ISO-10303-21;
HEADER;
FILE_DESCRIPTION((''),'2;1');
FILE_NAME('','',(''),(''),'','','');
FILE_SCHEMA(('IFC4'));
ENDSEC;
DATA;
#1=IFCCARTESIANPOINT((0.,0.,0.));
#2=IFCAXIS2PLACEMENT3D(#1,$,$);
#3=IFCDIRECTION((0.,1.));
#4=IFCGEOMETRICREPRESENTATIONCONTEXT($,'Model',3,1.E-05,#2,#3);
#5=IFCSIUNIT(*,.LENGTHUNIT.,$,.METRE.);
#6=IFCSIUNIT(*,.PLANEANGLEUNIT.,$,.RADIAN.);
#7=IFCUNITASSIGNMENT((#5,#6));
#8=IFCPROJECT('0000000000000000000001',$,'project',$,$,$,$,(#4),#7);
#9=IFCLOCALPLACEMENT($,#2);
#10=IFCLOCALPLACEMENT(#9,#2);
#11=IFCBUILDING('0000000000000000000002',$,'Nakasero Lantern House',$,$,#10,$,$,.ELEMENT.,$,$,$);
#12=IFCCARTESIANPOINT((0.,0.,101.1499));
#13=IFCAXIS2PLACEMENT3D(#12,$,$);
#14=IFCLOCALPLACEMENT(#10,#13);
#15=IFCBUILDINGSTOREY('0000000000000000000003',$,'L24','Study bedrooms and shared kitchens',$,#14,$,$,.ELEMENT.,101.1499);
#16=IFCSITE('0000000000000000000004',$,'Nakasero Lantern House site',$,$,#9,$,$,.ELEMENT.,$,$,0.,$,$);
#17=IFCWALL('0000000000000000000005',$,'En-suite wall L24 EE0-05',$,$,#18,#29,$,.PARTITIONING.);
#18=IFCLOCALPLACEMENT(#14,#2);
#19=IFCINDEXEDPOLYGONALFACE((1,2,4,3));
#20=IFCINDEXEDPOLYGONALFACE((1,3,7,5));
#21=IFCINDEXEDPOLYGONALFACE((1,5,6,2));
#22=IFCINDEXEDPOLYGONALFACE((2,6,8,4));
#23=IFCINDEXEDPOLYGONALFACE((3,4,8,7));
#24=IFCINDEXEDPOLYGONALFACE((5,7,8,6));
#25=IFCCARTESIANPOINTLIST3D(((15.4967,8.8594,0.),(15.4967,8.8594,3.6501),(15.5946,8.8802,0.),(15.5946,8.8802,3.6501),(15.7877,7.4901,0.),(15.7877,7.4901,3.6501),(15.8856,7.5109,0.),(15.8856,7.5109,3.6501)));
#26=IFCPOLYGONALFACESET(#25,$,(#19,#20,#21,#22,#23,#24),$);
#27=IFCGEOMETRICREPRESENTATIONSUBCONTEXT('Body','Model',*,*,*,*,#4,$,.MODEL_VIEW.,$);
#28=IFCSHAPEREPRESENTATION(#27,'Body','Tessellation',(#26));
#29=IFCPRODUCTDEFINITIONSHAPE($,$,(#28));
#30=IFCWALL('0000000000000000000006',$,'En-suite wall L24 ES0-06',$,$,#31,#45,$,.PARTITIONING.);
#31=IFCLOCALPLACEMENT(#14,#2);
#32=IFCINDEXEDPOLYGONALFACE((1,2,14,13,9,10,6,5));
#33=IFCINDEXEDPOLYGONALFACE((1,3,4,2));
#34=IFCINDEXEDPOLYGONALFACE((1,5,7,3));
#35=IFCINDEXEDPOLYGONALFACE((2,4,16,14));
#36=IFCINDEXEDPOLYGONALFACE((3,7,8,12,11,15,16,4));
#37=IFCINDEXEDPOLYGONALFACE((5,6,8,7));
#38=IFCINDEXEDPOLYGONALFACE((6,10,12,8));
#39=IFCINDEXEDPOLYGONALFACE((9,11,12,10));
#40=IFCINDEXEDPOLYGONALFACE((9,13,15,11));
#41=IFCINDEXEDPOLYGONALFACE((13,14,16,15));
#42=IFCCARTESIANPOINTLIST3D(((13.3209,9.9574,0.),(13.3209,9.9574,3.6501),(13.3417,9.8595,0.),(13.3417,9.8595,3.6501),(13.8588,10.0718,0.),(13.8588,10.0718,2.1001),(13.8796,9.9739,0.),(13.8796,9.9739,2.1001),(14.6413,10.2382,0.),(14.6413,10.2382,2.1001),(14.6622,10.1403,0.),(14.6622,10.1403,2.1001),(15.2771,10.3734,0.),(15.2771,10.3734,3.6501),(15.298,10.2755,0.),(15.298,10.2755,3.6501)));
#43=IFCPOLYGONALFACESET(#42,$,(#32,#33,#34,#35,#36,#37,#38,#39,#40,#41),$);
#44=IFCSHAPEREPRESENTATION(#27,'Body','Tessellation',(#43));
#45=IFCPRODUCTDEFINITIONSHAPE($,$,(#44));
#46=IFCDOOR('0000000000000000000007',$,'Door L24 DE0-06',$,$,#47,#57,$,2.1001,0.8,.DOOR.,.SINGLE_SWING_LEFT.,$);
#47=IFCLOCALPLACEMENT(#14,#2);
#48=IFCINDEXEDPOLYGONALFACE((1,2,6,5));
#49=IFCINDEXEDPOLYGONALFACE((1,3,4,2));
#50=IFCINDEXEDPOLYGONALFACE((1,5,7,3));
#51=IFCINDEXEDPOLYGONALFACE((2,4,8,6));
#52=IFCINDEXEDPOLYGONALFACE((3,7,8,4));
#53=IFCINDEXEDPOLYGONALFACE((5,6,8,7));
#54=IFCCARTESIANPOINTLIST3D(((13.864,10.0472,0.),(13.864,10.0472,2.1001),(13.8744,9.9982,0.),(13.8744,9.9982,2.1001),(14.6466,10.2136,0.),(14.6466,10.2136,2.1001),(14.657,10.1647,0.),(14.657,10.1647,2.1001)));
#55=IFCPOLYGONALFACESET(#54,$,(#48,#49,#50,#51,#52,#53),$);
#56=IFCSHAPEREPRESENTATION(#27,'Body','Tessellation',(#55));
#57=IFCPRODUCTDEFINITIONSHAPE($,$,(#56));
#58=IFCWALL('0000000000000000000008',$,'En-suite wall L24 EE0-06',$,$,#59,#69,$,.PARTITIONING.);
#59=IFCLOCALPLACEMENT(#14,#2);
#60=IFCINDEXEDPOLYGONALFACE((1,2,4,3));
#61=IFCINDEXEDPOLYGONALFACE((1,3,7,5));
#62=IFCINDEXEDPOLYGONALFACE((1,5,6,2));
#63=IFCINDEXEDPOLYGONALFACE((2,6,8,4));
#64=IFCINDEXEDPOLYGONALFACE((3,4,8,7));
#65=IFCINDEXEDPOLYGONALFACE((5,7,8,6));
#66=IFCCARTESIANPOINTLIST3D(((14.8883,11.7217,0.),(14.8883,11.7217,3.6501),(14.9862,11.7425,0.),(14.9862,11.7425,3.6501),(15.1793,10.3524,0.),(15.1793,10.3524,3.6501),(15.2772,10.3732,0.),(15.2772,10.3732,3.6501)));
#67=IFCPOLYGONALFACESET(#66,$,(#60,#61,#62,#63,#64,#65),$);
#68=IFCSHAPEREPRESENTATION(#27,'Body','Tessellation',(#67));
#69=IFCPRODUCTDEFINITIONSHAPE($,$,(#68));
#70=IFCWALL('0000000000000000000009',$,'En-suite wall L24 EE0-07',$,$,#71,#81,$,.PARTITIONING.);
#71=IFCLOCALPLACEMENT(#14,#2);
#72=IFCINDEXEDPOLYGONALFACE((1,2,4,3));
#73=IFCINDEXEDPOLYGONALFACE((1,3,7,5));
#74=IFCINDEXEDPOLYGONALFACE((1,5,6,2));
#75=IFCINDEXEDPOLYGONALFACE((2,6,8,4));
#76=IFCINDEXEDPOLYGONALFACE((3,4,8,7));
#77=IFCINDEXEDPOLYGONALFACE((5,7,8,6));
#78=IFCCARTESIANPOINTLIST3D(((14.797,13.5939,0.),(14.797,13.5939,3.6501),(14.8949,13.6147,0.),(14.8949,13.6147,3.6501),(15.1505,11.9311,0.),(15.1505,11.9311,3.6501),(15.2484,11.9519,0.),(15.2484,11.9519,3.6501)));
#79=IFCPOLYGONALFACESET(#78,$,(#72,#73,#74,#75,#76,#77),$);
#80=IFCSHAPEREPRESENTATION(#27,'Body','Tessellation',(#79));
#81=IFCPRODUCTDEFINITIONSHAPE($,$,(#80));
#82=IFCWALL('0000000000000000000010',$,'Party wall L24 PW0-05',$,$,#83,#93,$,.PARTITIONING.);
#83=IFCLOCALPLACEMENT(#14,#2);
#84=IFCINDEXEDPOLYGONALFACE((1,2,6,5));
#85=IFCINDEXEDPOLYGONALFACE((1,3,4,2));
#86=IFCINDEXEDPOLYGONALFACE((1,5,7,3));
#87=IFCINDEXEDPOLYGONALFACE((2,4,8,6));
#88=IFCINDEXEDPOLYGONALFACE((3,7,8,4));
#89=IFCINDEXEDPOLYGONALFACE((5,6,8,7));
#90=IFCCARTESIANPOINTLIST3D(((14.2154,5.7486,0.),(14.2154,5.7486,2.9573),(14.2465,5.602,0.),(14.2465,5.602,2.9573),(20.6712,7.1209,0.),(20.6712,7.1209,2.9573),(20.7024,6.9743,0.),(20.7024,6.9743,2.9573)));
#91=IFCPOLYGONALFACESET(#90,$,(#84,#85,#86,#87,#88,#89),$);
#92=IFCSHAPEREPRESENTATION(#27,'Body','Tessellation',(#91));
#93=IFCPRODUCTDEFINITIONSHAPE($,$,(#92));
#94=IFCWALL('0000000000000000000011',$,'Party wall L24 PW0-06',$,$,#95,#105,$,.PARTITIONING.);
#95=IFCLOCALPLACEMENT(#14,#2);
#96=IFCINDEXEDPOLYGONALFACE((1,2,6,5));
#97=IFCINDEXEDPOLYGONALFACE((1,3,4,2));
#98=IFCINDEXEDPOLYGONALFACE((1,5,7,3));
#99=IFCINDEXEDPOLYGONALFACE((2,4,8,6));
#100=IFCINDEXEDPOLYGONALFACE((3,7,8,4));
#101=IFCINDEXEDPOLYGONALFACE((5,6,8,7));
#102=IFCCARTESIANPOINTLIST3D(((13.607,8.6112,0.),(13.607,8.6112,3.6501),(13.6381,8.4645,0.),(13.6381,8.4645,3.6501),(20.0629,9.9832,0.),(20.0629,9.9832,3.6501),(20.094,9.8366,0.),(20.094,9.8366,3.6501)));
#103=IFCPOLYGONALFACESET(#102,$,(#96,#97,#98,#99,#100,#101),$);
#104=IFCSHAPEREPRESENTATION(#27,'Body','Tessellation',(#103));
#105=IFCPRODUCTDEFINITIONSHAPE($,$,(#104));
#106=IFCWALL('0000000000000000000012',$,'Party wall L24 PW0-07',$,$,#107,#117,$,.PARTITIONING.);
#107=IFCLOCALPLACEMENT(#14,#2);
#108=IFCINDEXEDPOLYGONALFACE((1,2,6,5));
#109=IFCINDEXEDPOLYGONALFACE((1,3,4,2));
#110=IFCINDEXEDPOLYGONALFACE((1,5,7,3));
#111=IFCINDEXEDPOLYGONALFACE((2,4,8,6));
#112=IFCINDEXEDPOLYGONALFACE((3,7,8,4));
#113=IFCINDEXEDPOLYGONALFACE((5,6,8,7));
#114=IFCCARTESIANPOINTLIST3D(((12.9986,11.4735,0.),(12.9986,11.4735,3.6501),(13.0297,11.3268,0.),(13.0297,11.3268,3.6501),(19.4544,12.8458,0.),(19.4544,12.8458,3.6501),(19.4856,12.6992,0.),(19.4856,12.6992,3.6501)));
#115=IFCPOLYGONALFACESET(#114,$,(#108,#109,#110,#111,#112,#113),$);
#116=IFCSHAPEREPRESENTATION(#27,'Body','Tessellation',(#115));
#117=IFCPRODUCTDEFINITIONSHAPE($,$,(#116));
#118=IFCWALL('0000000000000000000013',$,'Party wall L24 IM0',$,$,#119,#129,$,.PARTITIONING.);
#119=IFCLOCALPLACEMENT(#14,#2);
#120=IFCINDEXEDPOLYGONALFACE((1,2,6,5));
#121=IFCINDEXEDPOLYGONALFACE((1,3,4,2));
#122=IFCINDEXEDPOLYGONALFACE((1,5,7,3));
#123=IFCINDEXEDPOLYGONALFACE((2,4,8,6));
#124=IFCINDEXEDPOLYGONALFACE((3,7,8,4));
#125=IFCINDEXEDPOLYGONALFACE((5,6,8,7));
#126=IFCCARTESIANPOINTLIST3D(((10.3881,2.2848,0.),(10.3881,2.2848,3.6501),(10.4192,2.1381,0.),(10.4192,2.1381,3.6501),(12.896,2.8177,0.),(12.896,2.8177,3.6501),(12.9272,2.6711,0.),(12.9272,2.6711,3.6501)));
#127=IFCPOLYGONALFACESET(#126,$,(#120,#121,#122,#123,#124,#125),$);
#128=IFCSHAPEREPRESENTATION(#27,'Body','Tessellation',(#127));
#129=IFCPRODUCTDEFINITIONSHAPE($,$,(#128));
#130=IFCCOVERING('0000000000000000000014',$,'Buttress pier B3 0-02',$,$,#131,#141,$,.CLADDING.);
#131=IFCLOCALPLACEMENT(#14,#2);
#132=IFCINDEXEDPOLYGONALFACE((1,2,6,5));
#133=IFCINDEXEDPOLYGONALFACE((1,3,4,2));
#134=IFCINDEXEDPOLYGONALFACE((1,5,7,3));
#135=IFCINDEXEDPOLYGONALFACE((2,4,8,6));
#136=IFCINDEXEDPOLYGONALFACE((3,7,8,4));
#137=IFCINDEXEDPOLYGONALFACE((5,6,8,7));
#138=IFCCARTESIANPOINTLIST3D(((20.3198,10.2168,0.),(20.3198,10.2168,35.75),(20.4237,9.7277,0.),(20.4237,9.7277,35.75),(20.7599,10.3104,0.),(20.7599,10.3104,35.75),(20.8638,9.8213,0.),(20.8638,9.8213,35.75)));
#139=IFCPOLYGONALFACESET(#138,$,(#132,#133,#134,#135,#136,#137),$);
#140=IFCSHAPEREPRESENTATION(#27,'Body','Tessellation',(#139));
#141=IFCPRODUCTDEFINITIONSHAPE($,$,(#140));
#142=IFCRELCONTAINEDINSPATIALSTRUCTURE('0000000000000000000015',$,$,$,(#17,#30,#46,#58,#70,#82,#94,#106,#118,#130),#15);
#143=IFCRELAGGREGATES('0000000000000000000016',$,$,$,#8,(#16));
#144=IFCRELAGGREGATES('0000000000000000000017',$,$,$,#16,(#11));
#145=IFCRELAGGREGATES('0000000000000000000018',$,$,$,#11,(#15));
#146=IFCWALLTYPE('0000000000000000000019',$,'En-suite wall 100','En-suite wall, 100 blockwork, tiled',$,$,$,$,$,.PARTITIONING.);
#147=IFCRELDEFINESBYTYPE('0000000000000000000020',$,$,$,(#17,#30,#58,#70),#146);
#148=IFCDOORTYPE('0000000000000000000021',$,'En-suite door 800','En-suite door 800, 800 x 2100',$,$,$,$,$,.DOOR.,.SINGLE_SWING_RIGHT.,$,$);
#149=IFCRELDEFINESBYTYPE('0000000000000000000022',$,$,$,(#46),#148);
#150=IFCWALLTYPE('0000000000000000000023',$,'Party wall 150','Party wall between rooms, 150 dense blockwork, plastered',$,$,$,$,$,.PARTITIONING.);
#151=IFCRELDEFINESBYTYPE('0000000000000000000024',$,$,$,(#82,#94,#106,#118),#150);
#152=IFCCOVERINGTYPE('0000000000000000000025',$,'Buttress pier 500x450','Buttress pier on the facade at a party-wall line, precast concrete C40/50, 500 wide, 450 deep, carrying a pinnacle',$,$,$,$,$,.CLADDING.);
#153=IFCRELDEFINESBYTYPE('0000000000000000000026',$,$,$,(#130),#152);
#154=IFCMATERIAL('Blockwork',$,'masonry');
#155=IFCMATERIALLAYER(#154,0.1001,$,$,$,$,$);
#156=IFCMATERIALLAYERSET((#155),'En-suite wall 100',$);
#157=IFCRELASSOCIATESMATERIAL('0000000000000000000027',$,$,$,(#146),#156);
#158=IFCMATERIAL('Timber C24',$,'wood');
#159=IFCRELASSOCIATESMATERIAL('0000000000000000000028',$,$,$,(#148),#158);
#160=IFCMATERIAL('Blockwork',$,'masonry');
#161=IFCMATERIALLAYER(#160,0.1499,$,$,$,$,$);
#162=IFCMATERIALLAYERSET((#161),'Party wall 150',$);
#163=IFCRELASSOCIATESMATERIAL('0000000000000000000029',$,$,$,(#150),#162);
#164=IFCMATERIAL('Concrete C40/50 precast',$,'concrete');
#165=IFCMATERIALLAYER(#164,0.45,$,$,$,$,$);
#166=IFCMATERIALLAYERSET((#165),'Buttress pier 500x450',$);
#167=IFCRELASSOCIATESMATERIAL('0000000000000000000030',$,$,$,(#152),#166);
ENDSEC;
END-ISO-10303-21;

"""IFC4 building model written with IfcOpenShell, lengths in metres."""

from ifc_helpers import new_model, si_unit, direction, frame, frame_2d, origin, origin_2d, place, context, subcontext, project, spatial, rectangle, extrude, material, layer, layer_set, type_object, element, fill, save


model = new_model("IFC4")

# Units and contexts
model_context = context("Model", 3, precision=1e-05, world=origin(), true_north=direction((0.0, 1.0)))
body_context = subcontext(model_context, "Body", "Model", "MODEL_VIEW")
ifc_project = project(units=[si_unit("LENGTHUNIT", "METRE"), si_unit("PLANEANGLEUNIT", "RADIAN")], contexts=[model_context])

# Site, building, storey
site_placement = place(None, origin())
site = spatial("IfcSite", under=ifc_project, at=site_placement, Name="Nakasero Lantern House site", CompositionType="ELEMENT", RefElevation=0.0)
building_placement = place(site_placement, origin())
building = spatial("IfcBuilding", under=site, at=building_placement, Name="Nakasero Lantern House", CompositionType="ELEMENT")
storey_placement = place(building_placement, frame((0.0, 0.0, 101.1499)))
storey = spatial("IfcBuildingStorey", under=building, at=storey_placement, Name="L24", Description="Study bedrooms and shared kitchens", CompositionType="ELEMENT", Elevation=101.1499)

# Shared definitions
ifc_material_1 = material(Name="Blockwork", Category="masonry")
ifc_layer_1 = layer(ifc_material_1, 0.1001)
ifc_layer_set_1 = layer_set([ifc_layer_1], Name="En-suite wall 100")
wall_type_1 = type_object("IfcWallType", Name="En-suite wall 100", Description="En-suite wall, 100 blockwork, tiled", PredefinedType="PARTITIONING", material=ifc_layer_set_1)
ifc_material_2 = material(Name="Timber C24", Category="wood")
door_type = type_object("IfcDoorType", Name="En-suite door 800", Description="En-suite door 800, 800 x 2100", OperationType="SINGLE_SWING_RIGHT", PredefinedType="DOOR", material=ifc_material_2)

# Wall
wall_1_placement = place(storey_placement, frame((15.8367, 7.5005, 0.0), z_axis=(0.0, 0.0, 1.0), x_axis=(-0.207873, 0.978156, 0.0)))
element("IfcWall", 1, at=wall_1_placement, inside=storey, type_object=wall_type_1, Name="En-suite wall L24 EE0-05", PredefinedType="PARTITIONING", context=body_context, shape_type="SweptSolid", body=[
    extrude(rectangle(XDim=1.3999, YDim=0.1001, at=frame_2d((0.7, 0.0))), origin(), (0.0, 0.0, 1.0), 3.6501),
])

# Wall, opening, door
wall_2_placement = place(storey_placement, frame((13.3313, 9.9084, 0.0), z_axis=(0.0, 0.0, 1.0), x_axis=(0.978128, 0.208003, 0.0)))
wall_2 = element("IfcWall", 2, at=wall_2_placement, inside=storey, type_object=wall_type_1, Name="En-suite wall L24 ES0-06", PredefinedType="PARTITIONING", context=body_context, shape_type="SweptSolid", body=[
    extrude(rectangle(XDim=2.0, YDim=0.1001, at=frame_2d((1.0, 0.0))), origin(), (0.0, 0.0, 1.0), 3.6501),
])
opening_1_placement = place(wall_2_placement, frame((0.55, 0.0, 0.0)))
opening_1 = element("IfcOpeningElement", 3, at=opening_1_placement, cuts=wall_2, PredefinedType="OPENING", context=body_context, shape_type="SweptSolid", body=[
    extrude(rectangle(XDim=0.8, YDim=2.1001, at=frame_2d((0.3999, 1.05))), frame((0.0, 0.0701, 0.0), z_axis=(0.0, -1.0, 0.0), x_axis=(1.0, 0.0, 0.0)), (0.0, 0.0, 1.0), 0.1401),
])
door_1_placement = place(opening_1_placement, origin())
door_1 = element("IfcDoor", 4, at=door_1_placement, inside=storey, type_object=door_type, Name="Door L24 DE0-06", OperationType="SINGLE_SWING_LEFT", OverallHeight=2.1001, OverallWidth=0.8, PredefinedType="DOOR", context=body_context, shape_type="SweptSolid", body=[
    extrude(rectangle(XDim=0.8, YDim=2.1001, at=frame_2d((0.3999, 1.05))), frame((0.0, 0.0249, 0.0), z_axis=(0.0, -1.0, 0.0), x_axis=(1.0, 0.0, 0.0)), (0.0, 0.0, 1.0), 0.05),
])
fill(opening_1, door_1)

# Walls
wall_3_placement = place(storey_placement, frame((15.2283, 10.3628, 0.0), z_axis=(0.0, 0.0, 1.0), x_axis=(-0.207873, 0.978156, 0.0)))
element("IfcWall", 5, at=wall_3_placement, inside=storey, type_object=wall_type_1, Name="En-suite wall L24 EE0-06", PredefinedType="PARTITIONING", context=body_context, shape_type="SweptSolid", body=[
    extrude(rectangle(XDim=1.3999, YDim=0.1001, at=frame_2d((0.7, 0.0))), origin(), (0.0, 0.0, 1.0), 3.6501),
])
wall_4_placement = place(storey_placement, frame((15.1995, 11.9414, 0.0), z_axis=(0.0, 0.0, 1.0), x_axis=(-0.20795, 0.97814, 0.0)))
element("IfcWall", 6, at=wall_4_placement, inside=storey, type_object=wall_type_1, Name="En-suite wall L24 EE0-07", PredefinedType="PARTITIONING", context=body_context, shape_type="SweptSolid", body=[
    extrude(rectangle(XDim=1.7, YDim=0.1001, at=frame_2d((0.8501, 0.0))), origin(), (0.0, 0.0, 1.0), 3.6501),
])
ifc_material_3 = material(Name="Blockwork", Category="masonry")
ifc_layer_2 = layer(ifc_material_3, 0.1499)
ifc_layer_set_2 = layer_set([ifc_layer_2], Name="Party wall 150")
wall_type_2 = type_object("IfcWallType", Name="Party wall 150", Description="Party wall between rooms, 150 dense blockwork, plastered", PredefinedType="PARTITIONING", material=ifc_layer_set_2)
wall_5_placement = place(storey_placement, frame((14.231, 5.6753, 0.0), z_axis=(0.0, 0.0, 1.0), x_axis=(0.978145, 0.207925, 0.0)))
element("IfcWall", 7, at=wall_5_placement, inside=storey, type_object=wall_type_2, Name="Party wall L24 PW0-05", PredefinedType="PARTITIONING", context=body_context, shape_type="SweptSolid", body=[
    extrude(rectangle(XDim=6.6001, YDim=0.1499, at=frame_2d((3.3, 0.0))), origin(), (0.0, 0.0, 1.0), 2.9573),
])
for number, where, z_axis, x_axis, name in (
    (8, (13.6226, 8.5378, 0.0), (0.0, 0.0, 1.0), (0.978152, 0.207889, 0.0), "Party wall L24 PW0-06"),
    (9, (13.0142, 11.4001, 0.0), (0.0, 0.0, 1.0), (0.978145, 0.207925, 0.0), "Party wall L24 PW0-07"),
):
    element("IfcWall", number, at=place(storey_placement, frame(where, z_axis=z_axis, x_axis=x_axis)), inside=storey, type_object=wall_type_2, Name=name, PredefinedType="PARTITIONING", context=body_context, shape_type="SweptSolid", body=[
        extrude(rectangle(XDim=6.6001, YDim=0.1499, at=frame_2d((3.3, 0.0))), origin(), (0.0, 0.0, 1.0), 3.6501),
    ])
wall_6_placement = place(storey_placement, frame((12.9116, 2.7444, 0.0), z_axis=(0.0, 0.0, 1.0), x_axis=(-0.978159, -0.207858, 0.0)))
element("IfcWall", 10, at=wall_6_placement, inside=storey, type_object=wall_type_2, Name="Party wall L24 IM0", PredefinedType="PARTITIONING", context=body_context, shape_type="SweptSolid", body=[
    extrude(rectangle(XDim=2.564, YDim=0.1499, at=frame_2d((1.282, 0.0))), origin(), (0.0, 0.0, 1.0), 3.6501),
])

# Covering
ifc_material_4 = material(Name="Concrete C40/50 precast", Category="concrete")
ifc_layer_3 = layer(ifc_material_4, 0.45)
ifc_layer_set_3 = layer_set([ifc_layer_3], Name="Buttress pier 500x450")
covering_type = type_object("IfcCoveringType", Name="Buttress pier 500x450", Description="Buttress pier on the facade at a party-wall line, precast concrete C40/50, 500 wide, 450 deep, carrying a pinnacle", PredefinedType="CLADDING", material=ifc_layer_set_3)
covering_placement = place(storey_placement, frame((20.5918, 10.019, 0.0), z_axis=(0.0, 0.0, 1.0), x_axis=(0.978148, 0.207912, 0.0)))
element("IfcCovering", 11, at=covering_placement, inside=storey, type_object=covering_type, Name="Buttress pier B3 0-02", PredefinedType="CLADDING", context=body_context, shape_type="SweptSolid", body=[
    extrude(rectangle(XDim=0.45, YDim=0.5, at=origin_2d()), origin(), (0.0, 0.0, 1.0), 35.75),
])

save(model, "model.ifc")
